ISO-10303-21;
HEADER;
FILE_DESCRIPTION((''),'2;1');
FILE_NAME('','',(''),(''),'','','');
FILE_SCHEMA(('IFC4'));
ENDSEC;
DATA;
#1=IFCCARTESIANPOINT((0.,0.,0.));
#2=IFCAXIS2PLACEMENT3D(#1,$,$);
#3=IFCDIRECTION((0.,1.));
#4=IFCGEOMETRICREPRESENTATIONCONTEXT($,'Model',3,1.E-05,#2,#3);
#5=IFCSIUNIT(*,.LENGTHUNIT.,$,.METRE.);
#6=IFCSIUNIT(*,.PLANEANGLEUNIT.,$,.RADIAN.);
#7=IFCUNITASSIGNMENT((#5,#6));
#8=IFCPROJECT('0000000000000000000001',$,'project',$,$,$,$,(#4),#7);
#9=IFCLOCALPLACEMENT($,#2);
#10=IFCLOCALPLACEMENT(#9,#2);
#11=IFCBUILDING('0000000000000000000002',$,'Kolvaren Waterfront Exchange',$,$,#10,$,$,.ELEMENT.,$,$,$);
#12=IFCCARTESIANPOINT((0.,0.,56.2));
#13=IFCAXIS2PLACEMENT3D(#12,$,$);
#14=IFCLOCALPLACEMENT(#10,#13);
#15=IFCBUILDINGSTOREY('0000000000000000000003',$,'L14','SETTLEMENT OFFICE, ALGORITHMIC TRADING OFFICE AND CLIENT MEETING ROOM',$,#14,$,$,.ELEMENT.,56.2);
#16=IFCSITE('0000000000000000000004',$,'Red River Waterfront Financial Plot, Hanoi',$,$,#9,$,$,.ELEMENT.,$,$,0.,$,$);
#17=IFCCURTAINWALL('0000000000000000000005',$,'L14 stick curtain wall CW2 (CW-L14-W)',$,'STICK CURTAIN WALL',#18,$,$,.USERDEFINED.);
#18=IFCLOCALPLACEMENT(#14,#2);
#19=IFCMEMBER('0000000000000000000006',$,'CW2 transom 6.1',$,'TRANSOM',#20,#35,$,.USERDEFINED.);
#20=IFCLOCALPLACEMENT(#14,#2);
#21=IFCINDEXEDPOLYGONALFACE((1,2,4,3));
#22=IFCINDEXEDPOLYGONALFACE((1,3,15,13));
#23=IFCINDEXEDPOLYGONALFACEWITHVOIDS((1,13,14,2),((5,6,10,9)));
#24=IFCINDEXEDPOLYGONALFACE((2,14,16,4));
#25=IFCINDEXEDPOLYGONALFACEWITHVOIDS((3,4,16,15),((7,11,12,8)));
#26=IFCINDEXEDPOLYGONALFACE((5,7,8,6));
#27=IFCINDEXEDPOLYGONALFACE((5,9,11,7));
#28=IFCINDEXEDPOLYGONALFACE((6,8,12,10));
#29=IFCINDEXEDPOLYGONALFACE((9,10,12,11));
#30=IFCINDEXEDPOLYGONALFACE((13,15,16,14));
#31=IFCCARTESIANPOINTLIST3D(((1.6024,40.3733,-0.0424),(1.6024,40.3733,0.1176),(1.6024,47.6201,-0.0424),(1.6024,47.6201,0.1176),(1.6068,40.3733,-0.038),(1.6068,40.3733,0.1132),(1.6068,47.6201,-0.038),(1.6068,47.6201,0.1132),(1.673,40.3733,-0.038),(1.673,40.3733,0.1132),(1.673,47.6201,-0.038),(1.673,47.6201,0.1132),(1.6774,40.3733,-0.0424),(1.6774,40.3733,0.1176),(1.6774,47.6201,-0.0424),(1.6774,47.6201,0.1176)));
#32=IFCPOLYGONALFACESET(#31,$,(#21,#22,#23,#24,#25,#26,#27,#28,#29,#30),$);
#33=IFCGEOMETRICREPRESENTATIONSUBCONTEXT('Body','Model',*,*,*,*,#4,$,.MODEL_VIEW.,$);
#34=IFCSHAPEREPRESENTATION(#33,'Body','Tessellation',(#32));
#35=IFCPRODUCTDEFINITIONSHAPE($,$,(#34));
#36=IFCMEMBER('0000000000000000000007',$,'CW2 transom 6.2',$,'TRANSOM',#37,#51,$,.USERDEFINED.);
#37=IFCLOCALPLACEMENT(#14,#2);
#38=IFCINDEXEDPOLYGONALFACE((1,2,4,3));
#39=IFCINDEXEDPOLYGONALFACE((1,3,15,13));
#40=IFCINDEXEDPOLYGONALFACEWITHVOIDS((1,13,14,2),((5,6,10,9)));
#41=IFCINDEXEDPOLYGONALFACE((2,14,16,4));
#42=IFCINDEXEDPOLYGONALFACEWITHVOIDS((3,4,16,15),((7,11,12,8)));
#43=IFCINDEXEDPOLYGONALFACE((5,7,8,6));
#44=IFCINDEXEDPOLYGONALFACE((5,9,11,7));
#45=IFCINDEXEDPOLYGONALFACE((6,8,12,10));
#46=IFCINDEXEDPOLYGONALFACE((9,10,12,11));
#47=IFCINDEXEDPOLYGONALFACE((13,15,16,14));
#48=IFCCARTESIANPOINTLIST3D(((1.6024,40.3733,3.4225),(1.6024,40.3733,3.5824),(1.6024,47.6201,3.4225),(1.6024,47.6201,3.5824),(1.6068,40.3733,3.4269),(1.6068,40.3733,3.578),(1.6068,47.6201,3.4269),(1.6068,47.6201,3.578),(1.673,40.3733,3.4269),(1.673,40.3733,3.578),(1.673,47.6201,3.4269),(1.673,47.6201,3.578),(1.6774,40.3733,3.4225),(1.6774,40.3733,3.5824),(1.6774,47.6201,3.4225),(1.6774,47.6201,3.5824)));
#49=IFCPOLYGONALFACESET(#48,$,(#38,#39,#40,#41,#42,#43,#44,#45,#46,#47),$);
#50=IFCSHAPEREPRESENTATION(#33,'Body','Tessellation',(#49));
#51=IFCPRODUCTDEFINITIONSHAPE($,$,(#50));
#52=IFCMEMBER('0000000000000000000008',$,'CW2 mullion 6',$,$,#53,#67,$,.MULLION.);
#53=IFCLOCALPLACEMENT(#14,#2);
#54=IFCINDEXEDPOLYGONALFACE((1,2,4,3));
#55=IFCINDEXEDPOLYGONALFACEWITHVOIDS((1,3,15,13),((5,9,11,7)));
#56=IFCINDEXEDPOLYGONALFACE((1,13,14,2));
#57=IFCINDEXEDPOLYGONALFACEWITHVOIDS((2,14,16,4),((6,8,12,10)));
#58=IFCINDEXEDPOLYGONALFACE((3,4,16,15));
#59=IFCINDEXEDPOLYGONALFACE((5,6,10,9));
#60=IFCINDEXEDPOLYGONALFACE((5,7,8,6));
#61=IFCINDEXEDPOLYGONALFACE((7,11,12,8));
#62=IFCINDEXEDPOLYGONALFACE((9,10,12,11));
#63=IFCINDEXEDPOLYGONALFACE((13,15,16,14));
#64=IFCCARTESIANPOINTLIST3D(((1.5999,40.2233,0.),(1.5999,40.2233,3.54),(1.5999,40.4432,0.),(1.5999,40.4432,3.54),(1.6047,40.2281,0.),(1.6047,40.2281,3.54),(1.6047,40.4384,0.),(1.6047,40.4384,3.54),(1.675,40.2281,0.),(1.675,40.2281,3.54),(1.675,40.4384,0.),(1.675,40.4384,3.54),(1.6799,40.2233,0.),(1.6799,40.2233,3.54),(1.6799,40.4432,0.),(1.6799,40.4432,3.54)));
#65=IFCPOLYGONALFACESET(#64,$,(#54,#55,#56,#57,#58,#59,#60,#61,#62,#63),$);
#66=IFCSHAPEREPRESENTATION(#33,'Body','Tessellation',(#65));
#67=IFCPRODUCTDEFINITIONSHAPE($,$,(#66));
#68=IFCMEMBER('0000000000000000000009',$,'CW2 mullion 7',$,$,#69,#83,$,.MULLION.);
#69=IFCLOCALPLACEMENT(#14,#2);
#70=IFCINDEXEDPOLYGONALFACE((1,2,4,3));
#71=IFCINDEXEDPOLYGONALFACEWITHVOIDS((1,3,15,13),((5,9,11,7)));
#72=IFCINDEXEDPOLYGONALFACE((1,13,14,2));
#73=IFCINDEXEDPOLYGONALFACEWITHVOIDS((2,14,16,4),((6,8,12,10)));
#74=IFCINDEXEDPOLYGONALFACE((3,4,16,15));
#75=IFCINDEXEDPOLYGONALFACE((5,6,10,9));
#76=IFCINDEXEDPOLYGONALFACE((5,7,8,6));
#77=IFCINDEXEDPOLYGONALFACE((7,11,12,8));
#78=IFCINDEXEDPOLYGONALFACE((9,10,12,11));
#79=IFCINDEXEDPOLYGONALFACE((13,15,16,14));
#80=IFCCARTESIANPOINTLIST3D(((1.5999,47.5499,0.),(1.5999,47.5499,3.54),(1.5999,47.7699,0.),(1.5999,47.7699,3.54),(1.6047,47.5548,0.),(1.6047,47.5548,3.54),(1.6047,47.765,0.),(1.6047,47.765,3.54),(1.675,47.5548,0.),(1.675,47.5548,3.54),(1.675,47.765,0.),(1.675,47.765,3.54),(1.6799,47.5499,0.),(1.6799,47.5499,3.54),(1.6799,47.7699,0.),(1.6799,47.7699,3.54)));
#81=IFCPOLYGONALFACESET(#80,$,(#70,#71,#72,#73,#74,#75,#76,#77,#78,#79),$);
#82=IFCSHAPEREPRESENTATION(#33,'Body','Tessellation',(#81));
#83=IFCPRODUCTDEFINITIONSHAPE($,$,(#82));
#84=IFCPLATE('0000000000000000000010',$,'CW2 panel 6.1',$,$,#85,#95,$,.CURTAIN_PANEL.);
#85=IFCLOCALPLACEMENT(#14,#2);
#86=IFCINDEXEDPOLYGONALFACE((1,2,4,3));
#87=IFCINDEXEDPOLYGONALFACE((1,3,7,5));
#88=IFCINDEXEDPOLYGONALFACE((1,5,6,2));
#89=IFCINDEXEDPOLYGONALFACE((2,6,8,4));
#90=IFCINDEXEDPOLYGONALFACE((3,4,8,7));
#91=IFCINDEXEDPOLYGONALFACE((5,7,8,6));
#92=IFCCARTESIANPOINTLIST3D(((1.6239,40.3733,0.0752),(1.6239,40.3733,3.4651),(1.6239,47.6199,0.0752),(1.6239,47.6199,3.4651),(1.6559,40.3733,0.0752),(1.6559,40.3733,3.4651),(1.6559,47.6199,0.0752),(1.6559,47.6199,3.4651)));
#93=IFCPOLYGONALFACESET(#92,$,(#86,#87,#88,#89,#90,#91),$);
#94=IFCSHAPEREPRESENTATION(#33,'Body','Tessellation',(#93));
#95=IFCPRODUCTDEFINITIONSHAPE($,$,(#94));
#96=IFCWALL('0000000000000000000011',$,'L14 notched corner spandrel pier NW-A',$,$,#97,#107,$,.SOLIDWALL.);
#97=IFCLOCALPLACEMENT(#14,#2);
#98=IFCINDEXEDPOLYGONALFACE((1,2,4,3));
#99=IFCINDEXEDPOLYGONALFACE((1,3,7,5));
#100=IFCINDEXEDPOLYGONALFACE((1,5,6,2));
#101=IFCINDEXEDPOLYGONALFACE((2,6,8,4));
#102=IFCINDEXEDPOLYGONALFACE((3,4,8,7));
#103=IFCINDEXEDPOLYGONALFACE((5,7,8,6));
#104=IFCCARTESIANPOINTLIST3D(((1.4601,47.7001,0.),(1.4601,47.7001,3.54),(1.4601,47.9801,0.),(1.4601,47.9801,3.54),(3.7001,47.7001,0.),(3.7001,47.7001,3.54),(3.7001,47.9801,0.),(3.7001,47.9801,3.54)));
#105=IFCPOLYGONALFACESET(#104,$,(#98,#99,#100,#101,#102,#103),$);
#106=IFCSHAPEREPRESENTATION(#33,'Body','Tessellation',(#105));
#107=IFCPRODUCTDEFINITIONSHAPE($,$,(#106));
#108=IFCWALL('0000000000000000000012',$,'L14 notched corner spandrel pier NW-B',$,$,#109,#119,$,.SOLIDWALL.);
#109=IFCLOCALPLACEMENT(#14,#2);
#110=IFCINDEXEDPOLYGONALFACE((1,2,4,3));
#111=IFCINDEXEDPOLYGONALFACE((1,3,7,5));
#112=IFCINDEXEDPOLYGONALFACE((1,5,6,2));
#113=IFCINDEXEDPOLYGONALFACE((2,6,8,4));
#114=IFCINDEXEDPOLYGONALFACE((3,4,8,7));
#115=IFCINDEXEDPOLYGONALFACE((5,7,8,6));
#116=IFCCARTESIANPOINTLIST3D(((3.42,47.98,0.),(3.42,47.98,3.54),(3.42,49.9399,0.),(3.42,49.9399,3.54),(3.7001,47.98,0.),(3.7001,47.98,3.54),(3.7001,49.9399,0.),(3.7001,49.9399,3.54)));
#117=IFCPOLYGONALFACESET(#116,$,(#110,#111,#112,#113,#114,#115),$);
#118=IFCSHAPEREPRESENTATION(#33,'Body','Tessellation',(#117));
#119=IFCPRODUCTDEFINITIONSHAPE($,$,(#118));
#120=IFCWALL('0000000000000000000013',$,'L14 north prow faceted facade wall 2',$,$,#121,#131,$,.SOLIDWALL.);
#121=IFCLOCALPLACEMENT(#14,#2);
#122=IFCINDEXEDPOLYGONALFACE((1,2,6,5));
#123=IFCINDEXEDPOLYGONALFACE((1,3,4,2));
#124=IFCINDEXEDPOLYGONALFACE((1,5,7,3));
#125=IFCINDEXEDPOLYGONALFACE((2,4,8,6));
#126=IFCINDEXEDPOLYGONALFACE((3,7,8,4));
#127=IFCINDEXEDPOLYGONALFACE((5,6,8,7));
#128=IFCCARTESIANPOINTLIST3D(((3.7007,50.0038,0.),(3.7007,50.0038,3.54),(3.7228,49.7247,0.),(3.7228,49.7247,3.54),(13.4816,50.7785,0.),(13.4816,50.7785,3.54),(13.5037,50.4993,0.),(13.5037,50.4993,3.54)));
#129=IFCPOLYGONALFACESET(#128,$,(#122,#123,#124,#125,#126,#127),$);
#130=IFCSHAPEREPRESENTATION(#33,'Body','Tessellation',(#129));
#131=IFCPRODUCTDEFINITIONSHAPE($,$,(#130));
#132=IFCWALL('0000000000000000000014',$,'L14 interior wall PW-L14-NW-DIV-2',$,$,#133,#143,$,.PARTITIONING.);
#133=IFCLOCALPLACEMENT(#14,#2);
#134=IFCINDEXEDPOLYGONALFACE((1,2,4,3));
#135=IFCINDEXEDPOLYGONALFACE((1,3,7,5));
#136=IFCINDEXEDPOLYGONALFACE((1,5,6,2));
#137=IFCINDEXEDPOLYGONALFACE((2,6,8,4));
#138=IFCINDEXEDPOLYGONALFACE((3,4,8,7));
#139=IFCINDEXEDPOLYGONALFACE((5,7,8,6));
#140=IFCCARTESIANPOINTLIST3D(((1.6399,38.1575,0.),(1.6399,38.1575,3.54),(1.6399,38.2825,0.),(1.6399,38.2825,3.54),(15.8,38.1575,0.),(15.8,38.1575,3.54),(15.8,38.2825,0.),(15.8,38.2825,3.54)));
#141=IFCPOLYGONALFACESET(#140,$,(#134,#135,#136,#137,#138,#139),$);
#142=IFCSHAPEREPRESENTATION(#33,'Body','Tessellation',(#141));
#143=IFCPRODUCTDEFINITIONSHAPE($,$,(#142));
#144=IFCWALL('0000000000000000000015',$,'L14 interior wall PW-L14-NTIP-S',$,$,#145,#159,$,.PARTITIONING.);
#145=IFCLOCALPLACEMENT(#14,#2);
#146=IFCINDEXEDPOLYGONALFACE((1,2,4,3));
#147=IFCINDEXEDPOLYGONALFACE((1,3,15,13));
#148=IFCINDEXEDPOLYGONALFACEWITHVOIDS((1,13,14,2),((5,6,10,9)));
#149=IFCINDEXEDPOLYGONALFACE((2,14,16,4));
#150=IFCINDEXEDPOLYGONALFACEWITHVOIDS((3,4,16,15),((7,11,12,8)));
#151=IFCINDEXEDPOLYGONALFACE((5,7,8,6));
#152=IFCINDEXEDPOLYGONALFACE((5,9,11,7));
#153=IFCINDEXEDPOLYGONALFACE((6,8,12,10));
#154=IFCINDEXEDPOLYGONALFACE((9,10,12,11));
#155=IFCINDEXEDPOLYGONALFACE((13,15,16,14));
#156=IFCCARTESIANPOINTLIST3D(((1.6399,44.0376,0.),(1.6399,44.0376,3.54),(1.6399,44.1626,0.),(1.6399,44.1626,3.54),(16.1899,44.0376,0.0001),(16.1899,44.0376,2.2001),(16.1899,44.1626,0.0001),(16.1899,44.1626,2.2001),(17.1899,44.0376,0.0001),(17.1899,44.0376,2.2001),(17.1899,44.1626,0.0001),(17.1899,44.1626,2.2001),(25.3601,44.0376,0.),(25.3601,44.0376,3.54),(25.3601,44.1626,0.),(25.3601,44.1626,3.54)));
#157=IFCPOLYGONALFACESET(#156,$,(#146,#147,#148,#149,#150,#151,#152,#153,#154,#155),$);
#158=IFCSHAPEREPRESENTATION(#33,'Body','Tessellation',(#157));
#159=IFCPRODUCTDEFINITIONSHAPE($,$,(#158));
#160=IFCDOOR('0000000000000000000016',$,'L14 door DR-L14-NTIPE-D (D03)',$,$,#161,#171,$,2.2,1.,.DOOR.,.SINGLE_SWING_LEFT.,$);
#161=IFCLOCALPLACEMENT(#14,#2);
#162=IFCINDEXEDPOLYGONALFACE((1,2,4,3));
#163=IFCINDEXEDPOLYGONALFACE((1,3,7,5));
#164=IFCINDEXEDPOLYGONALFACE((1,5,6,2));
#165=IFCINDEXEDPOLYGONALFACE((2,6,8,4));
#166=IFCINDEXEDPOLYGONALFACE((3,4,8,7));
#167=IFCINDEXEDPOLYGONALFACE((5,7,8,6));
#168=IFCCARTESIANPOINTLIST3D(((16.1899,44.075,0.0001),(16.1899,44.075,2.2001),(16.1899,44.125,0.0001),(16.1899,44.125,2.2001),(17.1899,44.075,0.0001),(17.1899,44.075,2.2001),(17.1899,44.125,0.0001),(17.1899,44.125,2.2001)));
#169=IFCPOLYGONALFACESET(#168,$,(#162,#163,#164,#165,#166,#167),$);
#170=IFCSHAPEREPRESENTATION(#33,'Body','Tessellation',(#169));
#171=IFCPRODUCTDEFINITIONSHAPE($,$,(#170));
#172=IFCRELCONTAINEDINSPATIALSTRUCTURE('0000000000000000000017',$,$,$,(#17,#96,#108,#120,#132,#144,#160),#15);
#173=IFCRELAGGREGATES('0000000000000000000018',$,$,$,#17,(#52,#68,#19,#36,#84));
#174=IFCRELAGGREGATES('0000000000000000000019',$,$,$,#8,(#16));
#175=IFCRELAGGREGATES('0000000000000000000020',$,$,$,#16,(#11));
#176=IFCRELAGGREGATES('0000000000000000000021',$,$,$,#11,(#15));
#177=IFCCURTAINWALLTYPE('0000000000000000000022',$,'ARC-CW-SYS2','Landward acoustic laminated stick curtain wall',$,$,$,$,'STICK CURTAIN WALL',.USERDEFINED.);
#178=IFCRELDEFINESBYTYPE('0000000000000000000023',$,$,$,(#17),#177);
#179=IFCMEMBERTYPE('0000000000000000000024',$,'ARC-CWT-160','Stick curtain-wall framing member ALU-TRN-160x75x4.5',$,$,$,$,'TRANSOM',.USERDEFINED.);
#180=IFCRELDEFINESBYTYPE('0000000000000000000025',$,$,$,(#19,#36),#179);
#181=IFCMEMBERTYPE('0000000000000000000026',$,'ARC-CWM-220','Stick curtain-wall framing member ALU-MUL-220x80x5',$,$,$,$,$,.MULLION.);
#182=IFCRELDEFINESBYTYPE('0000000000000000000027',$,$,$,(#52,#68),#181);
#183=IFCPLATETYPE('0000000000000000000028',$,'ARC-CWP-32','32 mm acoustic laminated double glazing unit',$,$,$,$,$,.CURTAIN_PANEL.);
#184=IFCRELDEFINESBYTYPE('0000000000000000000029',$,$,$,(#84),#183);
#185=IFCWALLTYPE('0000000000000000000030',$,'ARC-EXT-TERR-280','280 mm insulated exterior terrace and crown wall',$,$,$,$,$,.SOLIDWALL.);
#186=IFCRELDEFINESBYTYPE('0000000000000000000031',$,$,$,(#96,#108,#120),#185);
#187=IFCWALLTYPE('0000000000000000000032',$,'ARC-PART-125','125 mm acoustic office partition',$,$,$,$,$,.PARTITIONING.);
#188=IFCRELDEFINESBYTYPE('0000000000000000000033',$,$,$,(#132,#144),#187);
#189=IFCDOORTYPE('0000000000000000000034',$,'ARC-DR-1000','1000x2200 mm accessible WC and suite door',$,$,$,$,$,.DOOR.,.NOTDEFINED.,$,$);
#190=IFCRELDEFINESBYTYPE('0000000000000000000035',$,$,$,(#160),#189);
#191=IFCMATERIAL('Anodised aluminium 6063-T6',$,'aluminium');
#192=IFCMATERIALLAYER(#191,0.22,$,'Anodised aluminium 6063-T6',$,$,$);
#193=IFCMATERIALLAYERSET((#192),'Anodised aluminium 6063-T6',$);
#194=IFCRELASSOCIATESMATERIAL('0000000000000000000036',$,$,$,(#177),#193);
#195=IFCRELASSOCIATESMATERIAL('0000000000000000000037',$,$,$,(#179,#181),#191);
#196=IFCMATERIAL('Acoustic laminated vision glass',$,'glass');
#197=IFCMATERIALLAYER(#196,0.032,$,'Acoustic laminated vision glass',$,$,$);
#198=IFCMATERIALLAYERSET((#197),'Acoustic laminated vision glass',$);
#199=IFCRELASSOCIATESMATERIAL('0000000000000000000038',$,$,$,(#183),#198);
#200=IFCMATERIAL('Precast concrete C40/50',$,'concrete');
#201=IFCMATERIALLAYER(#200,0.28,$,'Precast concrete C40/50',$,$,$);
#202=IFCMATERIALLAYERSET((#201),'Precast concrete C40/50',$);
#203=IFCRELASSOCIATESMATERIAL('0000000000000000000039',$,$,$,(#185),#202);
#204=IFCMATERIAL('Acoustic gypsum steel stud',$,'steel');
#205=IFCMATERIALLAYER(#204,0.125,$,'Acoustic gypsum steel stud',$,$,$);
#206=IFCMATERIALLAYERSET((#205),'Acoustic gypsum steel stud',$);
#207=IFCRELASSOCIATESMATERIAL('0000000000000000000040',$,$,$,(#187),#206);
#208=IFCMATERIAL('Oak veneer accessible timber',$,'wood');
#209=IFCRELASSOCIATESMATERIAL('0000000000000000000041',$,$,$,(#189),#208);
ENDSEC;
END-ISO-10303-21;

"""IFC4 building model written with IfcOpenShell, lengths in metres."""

from ifc_helpers import new_model, si_unit, direction, frame, frame_2d, origin, origin_with_axes, origin_2d, place, context, subcontext, project, spatial, rectangle, hollow_rectangle, extrude, source, transform, mapped, material, layer, layer_set, material_profile, profile_set, type_object, element, fill, aggregate, save


model = new_model("IFC4")

# Units and contexts
model_context = context("Model", 3, precision=1e-05, world=origin(), true_north=direction((0.0, 1.0)))
body_context = subcontext(model_context, "Body", "Model", "MODEL_VIEW")
ifc_project = project(units=[si_unit("LENGTHUNIT", "METRE"), si_unit("PLANEANGLEUNIT", "RADIAN")], contexts=[model_context])

# Site, building, storey
site_placement = place(None, origin())
site = spatial("IfcSite", under=ifc_project, at=site_placement, Name="Red River Waterfront Financial Plot, Hanoi", CompositionType="ELEMENT", RefElevation=0.0)
building_placement = place(site_placement, origin())
building = spatial("IfcBuilding", under=site, at=building_placement, Name="Kolvaren Waterfront Exchange", CompositionType="ELEMENT")
storey_placement = place(building_placement, frame((0.0, 0.0, 56.2)))
storey = spatial("IfcBuildingStorey", under=building, at=storey_placement, Name="L14", Description="SETTLEMENT OFFICE, ALGORITHMIC TRADING OFFICE AND CLIENT MEETING ROOM", CompositionType="ELEMENT", Elevation=56.2)

# Curtain wall, members, plate
ifc_material_1 = material(Name="Anodised aluminium 6063-T6", Category="aluminium")
ifc_layer_1 = layer(ifc_material_1, 0.22, Name="Anodised aluminium 6063-T6")
ifc_layer_set_1 = layer_set([ifc_layer_1], Name="Anodised aluminium 6063-T6")
curtain_wall_type = type_object("IfcCurtainWallType", Name="ARC-CW-SYS2", Description="Landward acoustic laminated stick curtain wall", ElementType="STICK CURTAIN WALL", PredefinedType="USERDEFINED", material=ifc_layer_set_1)
curtain_wall_placement = place(storey_placement, origin())
curtain_wall = element("IfcCurtainWall", 1, at=curtain_wall_placement, inside=storey, type_object=curtain_wall_type, Name="L14 stick curtain wall CW2 (CW-L14-W)", ObjectType="STICK CURTAIN WALL", PredefinedType="USERDEFINED")
ifc_material_profile_1 = material_profile(ifc_material_1, hollow_rectangle(XDim=0.075, YDim=0.1599, WallThickness=0.0044, at=origin_2d()), Name="ALU-TRN-160x75x4.5")
ifc_profile_set_1 = profile_set([ifc_material_profile_1], Name="Anodised aluminium 6063-T6")
member_type_1 = type_object("IfcMemberType", Name="ARC-CWT-160", Description="Stick curtain-wall framing member ALU-TRN-160x75x4.5", ElementType="TRANSOM", PredefinedType="USERDEFINED", material=ifc_profile_set_1)
shared_shape_1 = source(origin_with_axes(), body_context, "Body", "SweptSolid", [
    extrude(hollow_rectangle(XDim=0.075, YDim=0.1599, WallThickness=0.0044, at=origin_2d()), origin(), (0.0, 0.0, 1.0), 7.2468),
])
member_1_placement = place(storey_placement, frame((1.6399, 40.3733, 0.0376), z_axis=(0.0, 1.0, 0.0), x_axis=(-1.0, 0.0, 0.0)))
member_1 = element("IfcMember", 2, at=member_1_placement, type_object=member_type_1, Name="CW2 transom 6.1", ObjectType="TRANSOM", PredefinedType="USERDEFINED", context=body_context, shape_type="MappedRepresentation", body=[
    mapped(shared_shape_1, transform((0.0, 0.0, 0.0), x_axis=(1.0, 0.0, 0.0), y_axis=(0.0, 1.0, 0.0), z_axis=(0.0, 0.0, 1.0), scale=1.0)),
])
member_2_placement = place(storey_placement, frame((1.6399, 40.3733, 3.5024), z_axis=(0.0, 1.0, 0.0), x_axis=(-1.0, 0.0, 0.0)))
member_2 = element("IfcMember", 3, at=member_2_placement, type_object=member_type_1, Name="CW2 transom 6.2", ObjectType="TRANSOM", PredefinedType="USERDEFINED", context=body_context, shape_type="MappedRepresentation", body=[
    mapped(shared_shape_1, transform((0.0, 0.0, 0.0), x_axis=(1.0, 0.0, 0.0), y_axis=(0.0, 1.0, 0.0), z_axis=(0.0, 0.0, 1.0), scale=1.0)),
])
ifc_material_profile_2 = material_profile(ifc_material_1, hollow_rectangle(XDim=0.0801, YDim=0.22, WallThickness=0.0049, at=origin_2d()), Name="ALU-MUL-220x80x5")
ifc_profile_set_2 = profile_set([ifc_material_profile_2], Name="Anodised aluminium 6063-T6")
member_type_2 = type_object("IfcMemberType", Name="ARC-CWM-220", Description="Stick curtain-wall framing member ALU-MUL-220x80x5", PredefinedType="MULLION", material=ifc_profile_set_2)
shared_shape_2 = source(origin_with_axes(), body_context, "Body", "SweptSolid", [
    extrude(hollow_rectangle(XDim=0.0801, YDim=0.22, WallThickness=0.0049, at=origin_2d()), origin(), (0.0, 0.0, 1.0), 3.54),
])
member_3_placement = place(storey_placement, frame((1.6399, 40.3333, 0.0), z_axis=(0.0, 0.0, 1.0), x_axis=(-1.0, 0.0, 0.0)))
member_3 = element("IfcMember", 4, at=member_3_placement, type_object=member_type_2, Name="CW2 mullion 6", PredefinedType="MULLION", context=body_context, shape_type="MappedRepresentation", body=[
    mapped(shared_shape_2, transform((0.0, 0.0, 0.0), x_axis=(1.0, 0.0, 0.0), y_axis=(0.0, 1.0, 0.0), z_axis=(0.0, 0.0, 1.0), scale=1.0)),
])
member_4_placement = place(storey_placement, frame((1.6399, 47.6599, 0.0), z_axis=(0.0, 0.0, 1.0), x_axis=(-1.0, 0.0, 0.0)))
member_4 = element("IfcMember", 5, at=member_4_placement, type_object=member_type_2, Name="CW2 mullion 7", PredefinedType="MULLION", context=body_context, shape_type="MappedRepresentation", body=[
    mapped(shared_shape_2, transform((0.0, 0.0, 0.0), x_axis=(1.0, 0.0, 0.0), y_axis=(0.0, 1.0, 0.0), z_axis=(0.0, 0.0, 1.0), scale=1.0)),
])
ifc_material_2 = material(Name="Acoustic laminated vision glass", Category="glass")
ifc_layer_2 = layer(ifc_material_2, 0.032, Name="Acoustic laminated vision glass")
ifc_layer_set_2 = layer_set([ifc_layer_2], Name="Acoustic laminated vision glass")
plate_type = type_object("IfcPlateType", Name="ARC-CWP-32", Description="32 mm acoustic laminated double glazing unit", PredefinedType="CURTAIN_PANEL", material=ifc_layer_set_2)
shared_shape_3 = source(origin_with_axes(), body_context, "Body", "SweptSolid", [
    extrude(rectangle(XDim=7.2466, YDim=0.032, at=origin_2d()), origin(), (0.0, 0.0, 1.0), 3.3899),
])
plate_placement = place(storey_placement, frame((1.6399, 43.9966, 0.0752), z_axis=(0.0, 0.0, 1.0), x_axis=(0.0, 1.0, 0.0)))
plate = element("IfcPlate", 6, at=plate_placement, type_object=plate_type, Name="CW2 panel 6.1", PredefinedType="CURTAIN_PANEL", context=body_context, shape_type="MappedRepresentation", body=[
    mapped(shared_shape_3, transform((0.0, 0.0, 0.0), x_axis=(1.0, 0.0, 0.0), y_axis=(0.0, 1.0, 0.0), z_axis=(0.0, 0.0, 1.0), scale=1.0)),
])
aggregate(curtain_wall, [member_3, member_4, member_1, member_2, plate])

# Walls
ifc_material_3 = material(Name="Precast concrete C40/50", Category="concrete")
ifc_layer_3 = layer(ifc_material_3, 0.28, Name="Precast concrete C40/50")
ifc_layer_set_3 = layer_set([ifc_layer_3], Name="Precast concrete C40/50")
wall_type_1 = type_object("IfcWallType", Name="ARC-EXT-TERR-280", Description="280 mm insulated exterior terrace and crown wall", PredefinedType="SOLIDWALL", material=ifc_layer_set_3)
wall_1_placement = place(storey_placement, frame((1.46, 47.8401, 0.0), z_axis=(0.0, 0.0, 1.0), x_axis=(1.0, 0.0, 0.0)))
element("IfcWall", 7, at=wall_1_placement, inside=storey, type_object=wall_type_1, Name="L14 notched corner spandrel pier NW-A", PredefinedType="SOLIDWALL", context=body_context, shape_type="SweptSolid", body=[
    extrude(rectangle(XDim=2.24, YDim=0.28, at=frame_2d((1.1201, 0.0))), origin(), (0.0, 0.0, 1.0), 3.54),
])
wall_2_placement = place(storey_placement, frame((3.5601, 47.98, 0.0), z_axis=(0.0, 0.0, 1.0), x_axis=(0.0, 1.0, 0.0)))
element("IfcWall", 8, at=wall_2_placement, inside=storey, type_object=wall_type_1, Name="L14 notched corner spandrel pier NW-B", PredefinedType="SOLIDWALL", context=body_context, shape_type="SweptSolid", body=[
    extrude(rectangle(XDim=1.96, YDim=0.28, at=frame_2d((0.98, 0.0))), origin(), (0.0, 0.0, 1.0), 3.54),
])
wall_3_placement = place(storey_placement, frame((13.4927, 50.6389, 0.0), z_axis=(0.0, 0.0, 1.0), x_axis=(-0.996878, -0.078953, 0.0)))
element("IfcWall", 9, at=wall_3_placement, inside=storey, type_object=wall_type_1, Name="L14 north prow faceted facade wall 2", PredefinedType="SOLIDWALL", context=body_context, shape_type="SweptSolid", body=[
    extrude(rectangle(XDim=9.8115, YDim=0.28, at=frame_2d((4.9058, 0.0))), origin(), (0.0, 0.0, 1.0), 3.54),
])
ifc_material_4 = material(Name="Acoustic gypsum steel stud", Category="steel")
ifc_layer_4 = layer(ifc_material_4, 0.125, Name="Acoustic gypsum steel stud")
ifc_layer_set_4 = layer_set([ifc_layer_4], Name="Acoustic gypsum steel stud")
wall_type_2 = type_object("IfcWallType", Name="ARC-PART-125", Description="125 mm acoustic office partition", PredefinedType="PARTITIONING", material=ifc_layer_set_4)
wall_4_placement = place(storey_placement, frame((1.6399, 38.22, 0.0), z_axis=(0.0, 0.0, 1.0), x_axis=(1.0, 0.0, 0.0)))
element("IfcWall", 10, at=wall_4_placement, inside=storey, type_object=wall_type_2, Name="L14 interior wall PW-L14-NW-DIV-2", PredefinedType="PARTITIONING", context=body_context, shape_type="SweptSolid", body=[
    extrude(rectangle(XDim=14.1602, YDim=0.125, at=frame_2d((7.0801, 0.0))), origin(), (0.0, 0.0, 1.0), 3.54),
])

# Wall, opening, door
wall_5_placement = place(storey_placement, frame((1.6399, 44.1001, 0.0), z_axis=(0.0, 0.0, 1.0), x_axis=(1.0, 0.0, 0.0)))
wall_5 = element("IfcWall", 11, at=wall_5_placement, inside=storey, type_object=wall_type_2, Name="L14 interior wall PW-L14-NTIP-S", PredefinedType="PARTITIONING", context=body_context, shape_type="SweptSolid", body=[
    extrude(rectangle(XDim=23.7202, YDim=0.125, at=frame_2d((11.8601, 0.0))), origin(), (0.0, 0.0, 1.0), 3.54),
])
opening_1_placement = place(wall_5_placement, frame((14.55, 0.0, 0.0)))
opening_1 = element("IfcOpeningElement", 12, at=opening_1_placement, cuts=wall_5, PredefinedType="OPENING", context=body_context, shape_type="SweptSolid", body=[
    extrude(rectangle(XDim=1.0, YDim=2.2, at=frame_2d((0.5, 1.1001))), frame((0.0, 0.0725, 0.0), z_axis=(0.0, -1.0, 0.0), x_axis=(1.0, 0.0, 0.0)), (0.0, 0.0, 1.0), 0.145),
])
ifc_material_5 = material(Name="Oak veneer accessible timber", Category="wood")
door_type_1 = type_object("IfcDoorType", Name="ARC-DR-1000", Description="1000x2200 mm accessible WC and suite door", OperationType="NOTDEFINED", PredefinedType="DOOR", material=ifc_material_5)
door_1_placement = place(opening_1_placement, origin())
door_1 = element("IfcDoor", 13, at=door_1_placement, inside=storey, type_object=door_type_1, Name="L14 door DR-L14-NTIPE-D (D03)", OperationType="SINGLE_SWING_LEFT", OverallHeight=2.2, OverallWidth=1.0, PredefinedType="DOOR", context=body_context, shape_type="SweptSolid", body=[
    extrude(rectangle(XDim=1.0, YDim=2.2, at=frame_2d((0.5, 1.1001))), frame((0.0, 0.0249, 0.0), z_axis=(0.0, -1.0, 0.0), x_axis=(1.0, 0.0, 0.0)), (0.0, 0.0, 1.0), 0.05),
])
fill(opening_1, door_1)

save(model, "model.ifc")
